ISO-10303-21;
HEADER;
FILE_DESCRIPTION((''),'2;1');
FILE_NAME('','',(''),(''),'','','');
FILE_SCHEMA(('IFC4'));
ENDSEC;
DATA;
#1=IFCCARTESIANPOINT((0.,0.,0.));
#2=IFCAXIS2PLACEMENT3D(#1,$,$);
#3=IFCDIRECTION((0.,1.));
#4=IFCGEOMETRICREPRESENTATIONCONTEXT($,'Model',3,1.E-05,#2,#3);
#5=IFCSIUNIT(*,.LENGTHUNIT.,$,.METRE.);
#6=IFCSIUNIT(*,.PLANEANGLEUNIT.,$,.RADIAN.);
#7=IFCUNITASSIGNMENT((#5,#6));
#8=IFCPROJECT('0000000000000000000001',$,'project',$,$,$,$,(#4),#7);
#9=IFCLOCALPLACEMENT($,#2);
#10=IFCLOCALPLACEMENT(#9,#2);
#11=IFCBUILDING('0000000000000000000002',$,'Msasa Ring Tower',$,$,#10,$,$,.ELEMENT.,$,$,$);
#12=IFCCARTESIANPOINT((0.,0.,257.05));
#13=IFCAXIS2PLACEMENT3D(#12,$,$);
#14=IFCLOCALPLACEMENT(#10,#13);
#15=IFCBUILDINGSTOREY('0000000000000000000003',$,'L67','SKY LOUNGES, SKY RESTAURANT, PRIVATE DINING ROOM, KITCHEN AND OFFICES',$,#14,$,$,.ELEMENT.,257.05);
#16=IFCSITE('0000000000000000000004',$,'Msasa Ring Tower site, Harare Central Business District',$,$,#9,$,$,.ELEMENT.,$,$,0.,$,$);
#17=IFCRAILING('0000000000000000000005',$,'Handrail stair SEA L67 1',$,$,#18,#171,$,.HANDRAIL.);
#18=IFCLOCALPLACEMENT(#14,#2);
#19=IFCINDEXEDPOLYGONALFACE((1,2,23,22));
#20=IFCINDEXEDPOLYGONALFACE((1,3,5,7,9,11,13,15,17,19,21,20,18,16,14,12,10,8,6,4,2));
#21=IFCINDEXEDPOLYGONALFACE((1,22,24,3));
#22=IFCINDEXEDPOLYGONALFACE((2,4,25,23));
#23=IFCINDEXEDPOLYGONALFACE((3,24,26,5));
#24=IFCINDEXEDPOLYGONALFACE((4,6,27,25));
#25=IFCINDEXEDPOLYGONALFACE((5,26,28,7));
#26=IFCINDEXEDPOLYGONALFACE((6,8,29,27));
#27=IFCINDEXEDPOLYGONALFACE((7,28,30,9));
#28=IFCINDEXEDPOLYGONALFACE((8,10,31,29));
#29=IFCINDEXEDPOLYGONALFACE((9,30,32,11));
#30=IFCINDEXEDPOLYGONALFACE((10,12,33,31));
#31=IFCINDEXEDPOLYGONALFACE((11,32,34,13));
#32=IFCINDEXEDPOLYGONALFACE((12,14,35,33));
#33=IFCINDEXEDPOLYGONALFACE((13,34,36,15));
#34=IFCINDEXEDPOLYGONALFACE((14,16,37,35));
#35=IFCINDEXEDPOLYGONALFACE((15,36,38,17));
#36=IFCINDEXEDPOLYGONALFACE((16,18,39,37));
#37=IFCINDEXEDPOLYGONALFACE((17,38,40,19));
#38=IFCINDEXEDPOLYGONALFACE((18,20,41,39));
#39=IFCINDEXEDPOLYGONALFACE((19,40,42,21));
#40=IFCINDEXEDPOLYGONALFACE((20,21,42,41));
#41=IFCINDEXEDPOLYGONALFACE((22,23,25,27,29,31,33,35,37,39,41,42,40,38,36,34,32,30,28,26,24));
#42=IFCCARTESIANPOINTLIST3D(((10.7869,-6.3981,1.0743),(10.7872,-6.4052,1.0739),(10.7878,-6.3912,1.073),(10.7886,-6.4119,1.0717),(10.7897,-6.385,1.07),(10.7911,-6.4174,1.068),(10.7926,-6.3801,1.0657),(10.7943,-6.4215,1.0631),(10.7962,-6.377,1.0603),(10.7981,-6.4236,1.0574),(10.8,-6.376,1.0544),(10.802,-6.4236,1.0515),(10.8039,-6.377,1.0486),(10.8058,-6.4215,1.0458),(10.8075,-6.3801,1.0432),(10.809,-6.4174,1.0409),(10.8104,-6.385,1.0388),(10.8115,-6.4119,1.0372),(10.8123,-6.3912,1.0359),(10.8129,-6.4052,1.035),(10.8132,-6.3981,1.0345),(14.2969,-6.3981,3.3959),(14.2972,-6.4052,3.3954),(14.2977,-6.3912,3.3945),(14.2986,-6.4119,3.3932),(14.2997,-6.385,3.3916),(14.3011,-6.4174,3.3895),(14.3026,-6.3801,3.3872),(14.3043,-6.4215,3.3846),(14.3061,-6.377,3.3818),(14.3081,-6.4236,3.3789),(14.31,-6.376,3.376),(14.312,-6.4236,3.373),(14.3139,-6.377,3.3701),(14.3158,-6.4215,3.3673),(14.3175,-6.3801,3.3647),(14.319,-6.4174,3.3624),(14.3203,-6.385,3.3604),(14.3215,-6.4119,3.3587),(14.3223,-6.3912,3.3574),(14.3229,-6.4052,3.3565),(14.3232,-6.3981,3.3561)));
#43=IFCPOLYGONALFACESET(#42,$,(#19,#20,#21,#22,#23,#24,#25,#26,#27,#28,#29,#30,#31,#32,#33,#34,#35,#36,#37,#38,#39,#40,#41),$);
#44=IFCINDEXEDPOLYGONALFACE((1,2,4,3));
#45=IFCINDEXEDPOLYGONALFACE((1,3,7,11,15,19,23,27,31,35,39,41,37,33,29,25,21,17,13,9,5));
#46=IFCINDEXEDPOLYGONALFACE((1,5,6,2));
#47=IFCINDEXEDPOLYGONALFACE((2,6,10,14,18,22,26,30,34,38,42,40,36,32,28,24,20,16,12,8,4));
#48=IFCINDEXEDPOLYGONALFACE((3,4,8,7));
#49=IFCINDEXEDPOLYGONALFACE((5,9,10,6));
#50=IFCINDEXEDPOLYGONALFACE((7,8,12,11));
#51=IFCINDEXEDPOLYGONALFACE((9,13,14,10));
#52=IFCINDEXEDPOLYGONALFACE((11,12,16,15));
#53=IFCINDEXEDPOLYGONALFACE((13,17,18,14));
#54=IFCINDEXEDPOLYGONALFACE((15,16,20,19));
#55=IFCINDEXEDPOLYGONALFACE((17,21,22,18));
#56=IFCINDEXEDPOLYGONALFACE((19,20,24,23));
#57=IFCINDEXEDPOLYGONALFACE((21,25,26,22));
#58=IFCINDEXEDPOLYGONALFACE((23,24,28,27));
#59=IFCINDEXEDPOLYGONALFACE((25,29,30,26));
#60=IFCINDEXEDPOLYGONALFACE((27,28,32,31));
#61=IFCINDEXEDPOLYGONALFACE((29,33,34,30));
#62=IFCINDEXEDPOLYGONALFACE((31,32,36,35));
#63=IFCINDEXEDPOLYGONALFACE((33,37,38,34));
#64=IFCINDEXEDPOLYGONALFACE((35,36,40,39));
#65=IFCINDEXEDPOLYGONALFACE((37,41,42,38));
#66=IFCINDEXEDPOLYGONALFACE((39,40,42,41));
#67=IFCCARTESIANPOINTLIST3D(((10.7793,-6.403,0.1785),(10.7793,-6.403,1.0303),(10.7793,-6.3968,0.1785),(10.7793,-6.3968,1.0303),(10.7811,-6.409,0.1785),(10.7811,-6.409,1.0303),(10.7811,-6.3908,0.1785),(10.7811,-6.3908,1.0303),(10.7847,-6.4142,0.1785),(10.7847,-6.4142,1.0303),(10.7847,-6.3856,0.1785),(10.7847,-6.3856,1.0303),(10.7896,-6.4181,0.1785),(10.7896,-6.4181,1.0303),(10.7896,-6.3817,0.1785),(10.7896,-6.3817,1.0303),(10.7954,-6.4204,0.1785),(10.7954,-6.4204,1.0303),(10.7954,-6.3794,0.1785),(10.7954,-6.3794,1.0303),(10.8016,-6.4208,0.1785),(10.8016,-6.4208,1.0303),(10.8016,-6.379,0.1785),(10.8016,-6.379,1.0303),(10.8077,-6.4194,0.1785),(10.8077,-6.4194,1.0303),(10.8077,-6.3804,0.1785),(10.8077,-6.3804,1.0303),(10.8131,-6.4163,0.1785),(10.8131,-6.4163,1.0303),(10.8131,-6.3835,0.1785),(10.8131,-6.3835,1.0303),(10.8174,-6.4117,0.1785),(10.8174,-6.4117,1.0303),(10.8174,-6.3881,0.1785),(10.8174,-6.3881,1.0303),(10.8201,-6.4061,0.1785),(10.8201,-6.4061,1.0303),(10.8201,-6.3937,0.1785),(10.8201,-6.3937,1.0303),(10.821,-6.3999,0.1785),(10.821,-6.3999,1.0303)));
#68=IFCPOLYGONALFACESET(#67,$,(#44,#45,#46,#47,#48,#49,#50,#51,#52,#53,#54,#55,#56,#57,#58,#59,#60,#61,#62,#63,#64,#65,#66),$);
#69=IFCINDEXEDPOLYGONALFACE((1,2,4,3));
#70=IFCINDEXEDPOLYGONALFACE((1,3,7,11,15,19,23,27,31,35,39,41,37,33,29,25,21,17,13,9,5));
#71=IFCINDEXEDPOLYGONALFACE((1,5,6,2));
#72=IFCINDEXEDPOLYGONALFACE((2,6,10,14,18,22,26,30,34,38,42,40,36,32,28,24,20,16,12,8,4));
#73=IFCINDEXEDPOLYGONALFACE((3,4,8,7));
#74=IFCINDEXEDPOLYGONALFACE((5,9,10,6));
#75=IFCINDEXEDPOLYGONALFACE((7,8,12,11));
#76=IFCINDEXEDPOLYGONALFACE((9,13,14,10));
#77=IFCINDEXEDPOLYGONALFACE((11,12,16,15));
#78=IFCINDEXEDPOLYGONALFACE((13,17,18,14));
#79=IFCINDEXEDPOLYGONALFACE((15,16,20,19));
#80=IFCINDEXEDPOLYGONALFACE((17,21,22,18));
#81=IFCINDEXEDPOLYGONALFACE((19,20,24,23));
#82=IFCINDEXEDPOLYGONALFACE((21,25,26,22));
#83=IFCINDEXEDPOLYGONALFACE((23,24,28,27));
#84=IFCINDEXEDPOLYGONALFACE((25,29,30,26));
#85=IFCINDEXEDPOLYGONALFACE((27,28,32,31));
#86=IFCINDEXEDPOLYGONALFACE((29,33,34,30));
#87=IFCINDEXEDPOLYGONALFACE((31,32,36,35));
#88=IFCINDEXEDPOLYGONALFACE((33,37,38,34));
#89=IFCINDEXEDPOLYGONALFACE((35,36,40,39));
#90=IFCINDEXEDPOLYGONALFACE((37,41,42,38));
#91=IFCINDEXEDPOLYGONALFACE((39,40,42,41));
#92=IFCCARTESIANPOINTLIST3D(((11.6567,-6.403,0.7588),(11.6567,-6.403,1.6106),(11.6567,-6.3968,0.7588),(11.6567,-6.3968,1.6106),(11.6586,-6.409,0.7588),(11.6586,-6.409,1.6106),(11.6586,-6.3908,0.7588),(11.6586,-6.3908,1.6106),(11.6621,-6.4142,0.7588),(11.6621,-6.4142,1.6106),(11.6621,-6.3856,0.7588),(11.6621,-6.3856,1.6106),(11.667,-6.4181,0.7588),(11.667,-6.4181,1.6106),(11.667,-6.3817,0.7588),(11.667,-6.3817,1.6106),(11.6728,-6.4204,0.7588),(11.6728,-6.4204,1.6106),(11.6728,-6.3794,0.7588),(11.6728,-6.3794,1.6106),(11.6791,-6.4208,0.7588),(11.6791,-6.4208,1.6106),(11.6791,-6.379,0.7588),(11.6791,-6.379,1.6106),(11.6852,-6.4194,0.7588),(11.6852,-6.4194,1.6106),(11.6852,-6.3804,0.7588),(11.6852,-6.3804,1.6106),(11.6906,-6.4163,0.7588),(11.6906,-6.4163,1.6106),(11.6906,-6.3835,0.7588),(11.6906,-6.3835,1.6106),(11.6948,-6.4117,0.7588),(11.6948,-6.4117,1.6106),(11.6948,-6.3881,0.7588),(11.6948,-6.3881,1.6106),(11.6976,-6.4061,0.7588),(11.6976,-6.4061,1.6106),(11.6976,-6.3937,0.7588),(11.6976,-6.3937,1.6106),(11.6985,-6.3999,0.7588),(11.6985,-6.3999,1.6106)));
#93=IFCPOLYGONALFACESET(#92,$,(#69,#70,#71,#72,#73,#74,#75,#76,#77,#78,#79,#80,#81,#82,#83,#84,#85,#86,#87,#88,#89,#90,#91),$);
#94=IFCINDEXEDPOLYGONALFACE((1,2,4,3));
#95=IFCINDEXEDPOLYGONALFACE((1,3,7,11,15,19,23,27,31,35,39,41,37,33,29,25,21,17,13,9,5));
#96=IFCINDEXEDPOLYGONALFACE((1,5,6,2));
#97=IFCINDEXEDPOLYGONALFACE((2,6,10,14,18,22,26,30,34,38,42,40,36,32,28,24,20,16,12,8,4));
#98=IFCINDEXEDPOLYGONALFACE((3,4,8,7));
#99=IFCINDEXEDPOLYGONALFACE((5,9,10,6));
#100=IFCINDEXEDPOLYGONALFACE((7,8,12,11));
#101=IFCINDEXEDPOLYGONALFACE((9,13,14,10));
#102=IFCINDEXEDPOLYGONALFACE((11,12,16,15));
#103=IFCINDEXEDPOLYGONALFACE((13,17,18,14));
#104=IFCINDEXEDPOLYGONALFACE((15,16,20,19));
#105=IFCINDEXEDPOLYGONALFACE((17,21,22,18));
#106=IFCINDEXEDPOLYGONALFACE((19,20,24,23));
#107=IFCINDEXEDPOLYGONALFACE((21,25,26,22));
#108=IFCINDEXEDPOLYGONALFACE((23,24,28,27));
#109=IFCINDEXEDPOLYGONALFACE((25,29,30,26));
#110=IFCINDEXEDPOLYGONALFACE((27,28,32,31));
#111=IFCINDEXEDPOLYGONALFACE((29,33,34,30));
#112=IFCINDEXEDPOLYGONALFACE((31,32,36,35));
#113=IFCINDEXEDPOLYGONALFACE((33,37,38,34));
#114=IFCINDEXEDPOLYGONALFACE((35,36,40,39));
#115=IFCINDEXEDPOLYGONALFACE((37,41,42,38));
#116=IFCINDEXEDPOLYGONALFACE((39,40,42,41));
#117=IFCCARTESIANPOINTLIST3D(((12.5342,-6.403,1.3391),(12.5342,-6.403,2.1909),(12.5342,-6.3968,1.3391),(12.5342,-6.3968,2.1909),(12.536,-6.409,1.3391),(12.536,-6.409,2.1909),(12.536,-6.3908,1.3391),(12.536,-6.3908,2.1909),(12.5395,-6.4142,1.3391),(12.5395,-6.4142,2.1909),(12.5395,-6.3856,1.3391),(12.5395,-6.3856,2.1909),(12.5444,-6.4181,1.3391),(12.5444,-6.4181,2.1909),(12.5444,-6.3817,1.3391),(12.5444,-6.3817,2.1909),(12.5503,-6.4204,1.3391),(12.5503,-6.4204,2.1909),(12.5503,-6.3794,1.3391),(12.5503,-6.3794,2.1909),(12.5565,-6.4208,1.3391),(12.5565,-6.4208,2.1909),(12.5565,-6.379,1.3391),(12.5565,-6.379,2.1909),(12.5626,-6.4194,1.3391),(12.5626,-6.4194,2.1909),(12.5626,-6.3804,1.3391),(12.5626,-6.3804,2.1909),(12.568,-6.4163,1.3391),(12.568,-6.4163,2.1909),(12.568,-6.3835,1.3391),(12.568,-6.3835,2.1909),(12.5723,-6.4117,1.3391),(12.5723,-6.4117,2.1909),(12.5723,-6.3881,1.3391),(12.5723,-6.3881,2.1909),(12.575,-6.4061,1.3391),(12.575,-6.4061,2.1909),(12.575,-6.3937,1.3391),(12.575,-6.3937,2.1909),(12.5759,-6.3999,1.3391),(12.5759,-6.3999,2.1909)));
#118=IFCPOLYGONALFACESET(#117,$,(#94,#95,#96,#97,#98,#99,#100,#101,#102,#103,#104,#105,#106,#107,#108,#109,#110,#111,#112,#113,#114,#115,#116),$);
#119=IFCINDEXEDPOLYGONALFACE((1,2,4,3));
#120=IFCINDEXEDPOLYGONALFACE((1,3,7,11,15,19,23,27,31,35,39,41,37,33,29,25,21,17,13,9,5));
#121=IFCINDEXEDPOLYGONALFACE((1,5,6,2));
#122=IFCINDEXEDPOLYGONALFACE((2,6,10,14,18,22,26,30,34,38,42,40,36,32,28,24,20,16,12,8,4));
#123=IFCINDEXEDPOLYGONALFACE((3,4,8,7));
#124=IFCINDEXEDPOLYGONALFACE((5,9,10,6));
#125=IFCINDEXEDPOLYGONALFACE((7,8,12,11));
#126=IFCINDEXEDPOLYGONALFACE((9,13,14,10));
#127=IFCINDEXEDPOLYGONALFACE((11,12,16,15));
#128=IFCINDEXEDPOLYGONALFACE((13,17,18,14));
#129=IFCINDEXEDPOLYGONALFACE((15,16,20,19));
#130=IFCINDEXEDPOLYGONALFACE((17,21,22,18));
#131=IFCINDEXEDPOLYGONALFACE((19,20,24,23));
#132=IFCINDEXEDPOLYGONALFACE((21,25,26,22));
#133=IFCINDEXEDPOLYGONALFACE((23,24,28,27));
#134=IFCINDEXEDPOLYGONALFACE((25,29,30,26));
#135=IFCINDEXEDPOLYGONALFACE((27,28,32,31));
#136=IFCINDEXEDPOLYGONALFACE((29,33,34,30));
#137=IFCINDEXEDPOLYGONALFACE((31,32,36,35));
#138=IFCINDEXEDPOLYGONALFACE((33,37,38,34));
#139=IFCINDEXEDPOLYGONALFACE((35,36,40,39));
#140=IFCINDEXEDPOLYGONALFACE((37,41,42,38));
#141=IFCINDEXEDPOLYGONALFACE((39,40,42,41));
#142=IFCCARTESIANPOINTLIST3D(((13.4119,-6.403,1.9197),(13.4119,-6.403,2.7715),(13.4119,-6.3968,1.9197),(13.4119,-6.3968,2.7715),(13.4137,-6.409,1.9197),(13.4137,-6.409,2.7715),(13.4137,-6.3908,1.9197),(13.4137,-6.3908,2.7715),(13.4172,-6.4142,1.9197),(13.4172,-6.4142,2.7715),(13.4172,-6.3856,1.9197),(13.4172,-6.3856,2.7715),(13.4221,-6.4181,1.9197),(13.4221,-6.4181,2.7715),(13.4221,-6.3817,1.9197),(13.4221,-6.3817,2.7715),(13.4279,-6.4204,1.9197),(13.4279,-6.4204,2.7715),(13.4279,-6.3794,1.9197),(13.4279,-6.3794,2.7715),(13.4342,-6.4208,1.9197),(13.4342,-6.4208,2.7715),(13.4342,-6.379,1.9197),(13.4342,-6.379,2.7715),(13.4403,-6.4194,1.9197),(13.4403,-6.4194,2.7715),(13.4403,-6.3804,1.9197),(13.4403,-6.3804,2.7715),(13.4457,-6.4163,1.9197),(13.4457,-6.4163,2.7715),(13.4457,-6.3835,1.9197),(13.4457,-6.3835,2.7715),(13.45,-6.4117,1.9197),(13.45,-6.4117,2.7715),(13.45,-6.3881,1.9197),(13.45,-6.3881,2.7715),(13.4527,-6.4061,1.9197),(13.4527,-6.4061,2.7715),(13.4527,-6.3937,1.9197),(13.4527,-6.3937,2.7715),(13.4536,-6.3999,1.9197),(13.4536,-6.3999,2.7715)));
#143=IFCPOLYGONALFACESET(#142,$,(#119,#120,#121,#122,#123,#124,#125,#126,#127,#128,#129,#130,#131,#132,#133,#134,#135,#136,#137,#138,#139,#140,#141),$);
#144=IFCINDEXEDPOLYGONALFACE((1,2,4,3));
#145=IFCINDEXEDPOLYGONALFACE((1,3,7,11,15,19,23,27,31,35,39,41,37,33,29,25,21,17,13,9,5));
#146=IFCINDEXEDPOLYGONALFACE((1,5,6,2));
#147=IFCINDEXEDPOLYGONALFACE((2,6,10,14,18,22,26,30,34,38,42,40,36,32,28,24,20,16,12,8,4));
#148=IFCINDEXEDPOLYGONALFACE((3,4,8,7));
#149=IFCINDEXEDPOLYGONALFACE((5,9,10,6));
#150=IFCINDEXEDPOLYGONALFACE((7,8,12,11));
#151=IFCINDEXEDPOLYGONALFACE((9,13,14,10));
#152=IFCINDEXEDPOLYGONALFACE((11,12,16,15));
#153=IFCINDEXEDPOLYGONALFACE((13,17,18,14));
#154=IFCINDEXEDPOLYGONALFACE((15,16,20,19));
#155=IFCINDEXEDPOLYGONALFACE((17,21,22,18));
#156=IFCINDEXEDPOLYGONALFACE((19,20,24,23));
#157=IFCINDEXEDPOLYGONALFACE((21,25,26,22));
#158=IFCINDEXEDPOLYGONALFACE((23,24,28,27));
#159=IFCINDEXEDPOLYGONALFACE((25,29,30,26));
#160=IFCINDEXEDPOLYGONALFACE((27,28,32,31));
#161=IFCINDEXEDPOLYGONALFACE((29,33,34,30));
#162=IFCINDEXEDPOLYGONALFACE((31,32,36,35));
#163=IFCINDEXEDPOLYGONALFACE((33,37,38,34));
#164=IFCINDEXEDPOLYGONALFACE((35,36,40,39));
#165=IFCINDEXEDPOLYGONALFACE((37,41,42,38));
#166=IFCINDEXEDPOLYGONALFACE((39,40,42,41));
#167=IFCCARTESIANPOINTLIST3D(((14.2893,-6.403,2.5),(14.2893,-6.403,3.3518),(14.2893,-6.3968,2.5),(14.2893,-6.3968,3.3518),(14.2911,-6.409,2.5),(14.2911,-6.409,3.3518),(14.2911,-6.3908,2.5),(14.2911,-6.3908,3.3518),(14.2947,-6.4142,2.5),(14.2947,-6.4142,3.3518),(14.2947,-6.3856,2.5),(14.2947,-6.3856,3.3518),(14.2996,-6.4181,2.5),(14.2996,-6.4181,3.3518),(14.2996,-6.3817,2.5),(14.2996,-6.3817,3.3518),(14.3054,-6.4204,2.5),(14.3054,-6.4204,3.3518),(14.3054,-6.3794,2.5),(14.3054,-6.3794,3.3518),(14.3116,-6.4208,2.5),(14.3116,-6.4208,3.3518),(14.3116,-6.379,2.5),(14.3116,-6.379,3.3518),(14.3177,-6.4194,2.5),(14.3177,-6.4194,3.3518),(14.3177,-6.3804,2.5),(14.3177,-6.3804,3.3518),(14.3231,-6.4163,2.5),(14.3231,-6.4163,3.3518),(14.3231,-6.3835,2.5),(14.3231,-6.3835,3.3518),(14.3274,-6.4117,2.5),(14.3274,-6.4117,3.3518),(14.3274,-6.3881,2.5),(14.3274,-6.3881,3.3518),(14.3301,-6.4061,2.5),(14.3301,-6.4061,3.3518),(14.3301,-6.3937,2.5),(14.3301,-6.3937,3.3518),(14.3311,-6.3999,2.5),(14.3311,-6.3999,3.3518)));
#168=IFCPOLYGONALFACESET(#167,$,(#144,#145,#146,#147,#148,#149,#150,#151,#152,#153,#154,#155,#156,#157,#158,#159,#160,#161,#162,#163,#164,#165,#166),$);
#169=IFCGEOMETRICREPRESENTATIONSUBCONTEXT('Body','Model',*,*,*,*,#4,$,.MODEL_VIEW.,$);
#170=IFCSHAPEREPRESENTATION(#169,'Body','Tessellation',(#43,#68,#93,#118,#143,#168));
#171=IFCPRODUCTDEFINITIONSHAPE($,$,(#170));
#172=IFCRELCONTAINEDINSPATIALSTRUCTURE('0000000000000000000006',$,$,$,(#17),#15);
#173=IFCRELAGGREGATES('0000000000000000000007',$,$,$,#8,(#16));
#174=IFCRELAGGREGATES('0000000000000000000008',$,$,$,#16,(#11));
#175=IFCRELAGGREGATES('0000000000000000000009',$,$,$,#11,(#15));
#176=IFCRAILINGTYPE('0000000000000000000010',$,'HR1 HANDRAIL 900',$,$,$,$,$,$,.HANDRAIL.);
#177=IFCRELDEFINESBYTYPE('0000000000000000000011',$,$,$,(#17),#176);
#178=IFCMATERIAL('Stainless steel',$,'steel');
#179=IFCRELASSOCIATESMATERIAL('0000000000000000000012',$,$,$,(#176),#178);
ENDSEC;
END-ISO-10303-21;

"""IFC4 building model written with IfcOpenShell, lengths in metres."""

from ifc_helpers import new_model, si_unit, direction, frame, origin, origin_2d, place, context, subcontext, project, spatial, circle, extrude, material, type_object, element, save


model = new_model("IFC4")

# Units and contexts
model_context = context("Model", 3, precision=1e-05, world=origin(), true_north=direction((0.0, 1.0)))
body_context = subcontext(model_context, "Body", "Model", "MODEL_VIEW")
ifc_project = project(units=[si_unit("LENGTHUNIT", "METRE"), si_unit("PLANEANGLEUNIT", "RADIAN")], contexts=[model_context])

# Site, building, storey
site_placement = place(None, origin())
site = spatial("IfcSite", under=ifc_project, at=site_placement, Name="Msasa Ring Tower site, Harare Central Business District", CompositionType="ELEMENT", RefElevation=0.0)
building_placement = place(site_placement, origin())
building = spatial("IfcBuilding", under=site, at=building_placement, Name="Msasa Ring Tower", CompositionType="ELEMENT")
storey_placement = place(building_placement, frame((0.0, 0.0, 257.05)))
storey = spatial("IfcBuildingStorey", under=building, at=storey_placement, Name="L67", Description="SKY LOUNGES, SKY RESTAURANT, PRIVATE DINING ROOM, KITCHEN AND OFFICES", CompositionType="ELEMENT", Elevation=257.05)

# Railing
ifc_material_1 = material(Name="Stainless steel", Category="steel")
railing_type = type_object("IfcRailingType", Name="HR1 HANDRAIL 900", PredefinedType="HANDRAIL", material=ifc_material_1)
for number, where, name in (
    (1, (10.8, -6.3999, 0.1785), "Handrail stair SEA L67 1"),
):
    element("IfcRailing", number, at=place(storey_placement, frame(where)), inside=storey, type_object=railing_type, Name=name, PredefinedType="HANDRAIL", context=body_context, shape_type="SweptSolid", body=[
        extrude(circle(Radius=0.0239, at=origin_2d()), frame((0.0, 0.0, 0.876), z_axis=(0.834071, 0.0, 0.551657), x_axis=(0.0, 1.0, 0.0)), (0.0, 0.0, 1.0), 4.2083),
        extrude(circle(Radius=0.021, at=origin_2d()), origin(), (0.0, 0.0, 1.0), 0.8518),
        extrude(circle(Radius=0.021, at=origin_2d()), frame((0.8774, 0.0, 0.5803)), (0.0, 0.0, 1.0), 0.8518),
        extrude(circle(Radius=0.021, at=origin_2d()), frame((1.7549, 0.0, 1.1606)), (0.0, 0.0, 1.0), 0.8518),
        extrude(circle(Radius=0.021, at=origin_2d()), frame((2.6326, 0.0, 1.7412)), (0.0, 0.0, 1.0), 0.8518),
        extrude(circle(Radius=0.021, at=origin_2d()), frame((3.51, 0.0, 2.3215)), (0.0, 0.0, 1.0), 0.8518),
    ])

save(model, "model.ifc")
